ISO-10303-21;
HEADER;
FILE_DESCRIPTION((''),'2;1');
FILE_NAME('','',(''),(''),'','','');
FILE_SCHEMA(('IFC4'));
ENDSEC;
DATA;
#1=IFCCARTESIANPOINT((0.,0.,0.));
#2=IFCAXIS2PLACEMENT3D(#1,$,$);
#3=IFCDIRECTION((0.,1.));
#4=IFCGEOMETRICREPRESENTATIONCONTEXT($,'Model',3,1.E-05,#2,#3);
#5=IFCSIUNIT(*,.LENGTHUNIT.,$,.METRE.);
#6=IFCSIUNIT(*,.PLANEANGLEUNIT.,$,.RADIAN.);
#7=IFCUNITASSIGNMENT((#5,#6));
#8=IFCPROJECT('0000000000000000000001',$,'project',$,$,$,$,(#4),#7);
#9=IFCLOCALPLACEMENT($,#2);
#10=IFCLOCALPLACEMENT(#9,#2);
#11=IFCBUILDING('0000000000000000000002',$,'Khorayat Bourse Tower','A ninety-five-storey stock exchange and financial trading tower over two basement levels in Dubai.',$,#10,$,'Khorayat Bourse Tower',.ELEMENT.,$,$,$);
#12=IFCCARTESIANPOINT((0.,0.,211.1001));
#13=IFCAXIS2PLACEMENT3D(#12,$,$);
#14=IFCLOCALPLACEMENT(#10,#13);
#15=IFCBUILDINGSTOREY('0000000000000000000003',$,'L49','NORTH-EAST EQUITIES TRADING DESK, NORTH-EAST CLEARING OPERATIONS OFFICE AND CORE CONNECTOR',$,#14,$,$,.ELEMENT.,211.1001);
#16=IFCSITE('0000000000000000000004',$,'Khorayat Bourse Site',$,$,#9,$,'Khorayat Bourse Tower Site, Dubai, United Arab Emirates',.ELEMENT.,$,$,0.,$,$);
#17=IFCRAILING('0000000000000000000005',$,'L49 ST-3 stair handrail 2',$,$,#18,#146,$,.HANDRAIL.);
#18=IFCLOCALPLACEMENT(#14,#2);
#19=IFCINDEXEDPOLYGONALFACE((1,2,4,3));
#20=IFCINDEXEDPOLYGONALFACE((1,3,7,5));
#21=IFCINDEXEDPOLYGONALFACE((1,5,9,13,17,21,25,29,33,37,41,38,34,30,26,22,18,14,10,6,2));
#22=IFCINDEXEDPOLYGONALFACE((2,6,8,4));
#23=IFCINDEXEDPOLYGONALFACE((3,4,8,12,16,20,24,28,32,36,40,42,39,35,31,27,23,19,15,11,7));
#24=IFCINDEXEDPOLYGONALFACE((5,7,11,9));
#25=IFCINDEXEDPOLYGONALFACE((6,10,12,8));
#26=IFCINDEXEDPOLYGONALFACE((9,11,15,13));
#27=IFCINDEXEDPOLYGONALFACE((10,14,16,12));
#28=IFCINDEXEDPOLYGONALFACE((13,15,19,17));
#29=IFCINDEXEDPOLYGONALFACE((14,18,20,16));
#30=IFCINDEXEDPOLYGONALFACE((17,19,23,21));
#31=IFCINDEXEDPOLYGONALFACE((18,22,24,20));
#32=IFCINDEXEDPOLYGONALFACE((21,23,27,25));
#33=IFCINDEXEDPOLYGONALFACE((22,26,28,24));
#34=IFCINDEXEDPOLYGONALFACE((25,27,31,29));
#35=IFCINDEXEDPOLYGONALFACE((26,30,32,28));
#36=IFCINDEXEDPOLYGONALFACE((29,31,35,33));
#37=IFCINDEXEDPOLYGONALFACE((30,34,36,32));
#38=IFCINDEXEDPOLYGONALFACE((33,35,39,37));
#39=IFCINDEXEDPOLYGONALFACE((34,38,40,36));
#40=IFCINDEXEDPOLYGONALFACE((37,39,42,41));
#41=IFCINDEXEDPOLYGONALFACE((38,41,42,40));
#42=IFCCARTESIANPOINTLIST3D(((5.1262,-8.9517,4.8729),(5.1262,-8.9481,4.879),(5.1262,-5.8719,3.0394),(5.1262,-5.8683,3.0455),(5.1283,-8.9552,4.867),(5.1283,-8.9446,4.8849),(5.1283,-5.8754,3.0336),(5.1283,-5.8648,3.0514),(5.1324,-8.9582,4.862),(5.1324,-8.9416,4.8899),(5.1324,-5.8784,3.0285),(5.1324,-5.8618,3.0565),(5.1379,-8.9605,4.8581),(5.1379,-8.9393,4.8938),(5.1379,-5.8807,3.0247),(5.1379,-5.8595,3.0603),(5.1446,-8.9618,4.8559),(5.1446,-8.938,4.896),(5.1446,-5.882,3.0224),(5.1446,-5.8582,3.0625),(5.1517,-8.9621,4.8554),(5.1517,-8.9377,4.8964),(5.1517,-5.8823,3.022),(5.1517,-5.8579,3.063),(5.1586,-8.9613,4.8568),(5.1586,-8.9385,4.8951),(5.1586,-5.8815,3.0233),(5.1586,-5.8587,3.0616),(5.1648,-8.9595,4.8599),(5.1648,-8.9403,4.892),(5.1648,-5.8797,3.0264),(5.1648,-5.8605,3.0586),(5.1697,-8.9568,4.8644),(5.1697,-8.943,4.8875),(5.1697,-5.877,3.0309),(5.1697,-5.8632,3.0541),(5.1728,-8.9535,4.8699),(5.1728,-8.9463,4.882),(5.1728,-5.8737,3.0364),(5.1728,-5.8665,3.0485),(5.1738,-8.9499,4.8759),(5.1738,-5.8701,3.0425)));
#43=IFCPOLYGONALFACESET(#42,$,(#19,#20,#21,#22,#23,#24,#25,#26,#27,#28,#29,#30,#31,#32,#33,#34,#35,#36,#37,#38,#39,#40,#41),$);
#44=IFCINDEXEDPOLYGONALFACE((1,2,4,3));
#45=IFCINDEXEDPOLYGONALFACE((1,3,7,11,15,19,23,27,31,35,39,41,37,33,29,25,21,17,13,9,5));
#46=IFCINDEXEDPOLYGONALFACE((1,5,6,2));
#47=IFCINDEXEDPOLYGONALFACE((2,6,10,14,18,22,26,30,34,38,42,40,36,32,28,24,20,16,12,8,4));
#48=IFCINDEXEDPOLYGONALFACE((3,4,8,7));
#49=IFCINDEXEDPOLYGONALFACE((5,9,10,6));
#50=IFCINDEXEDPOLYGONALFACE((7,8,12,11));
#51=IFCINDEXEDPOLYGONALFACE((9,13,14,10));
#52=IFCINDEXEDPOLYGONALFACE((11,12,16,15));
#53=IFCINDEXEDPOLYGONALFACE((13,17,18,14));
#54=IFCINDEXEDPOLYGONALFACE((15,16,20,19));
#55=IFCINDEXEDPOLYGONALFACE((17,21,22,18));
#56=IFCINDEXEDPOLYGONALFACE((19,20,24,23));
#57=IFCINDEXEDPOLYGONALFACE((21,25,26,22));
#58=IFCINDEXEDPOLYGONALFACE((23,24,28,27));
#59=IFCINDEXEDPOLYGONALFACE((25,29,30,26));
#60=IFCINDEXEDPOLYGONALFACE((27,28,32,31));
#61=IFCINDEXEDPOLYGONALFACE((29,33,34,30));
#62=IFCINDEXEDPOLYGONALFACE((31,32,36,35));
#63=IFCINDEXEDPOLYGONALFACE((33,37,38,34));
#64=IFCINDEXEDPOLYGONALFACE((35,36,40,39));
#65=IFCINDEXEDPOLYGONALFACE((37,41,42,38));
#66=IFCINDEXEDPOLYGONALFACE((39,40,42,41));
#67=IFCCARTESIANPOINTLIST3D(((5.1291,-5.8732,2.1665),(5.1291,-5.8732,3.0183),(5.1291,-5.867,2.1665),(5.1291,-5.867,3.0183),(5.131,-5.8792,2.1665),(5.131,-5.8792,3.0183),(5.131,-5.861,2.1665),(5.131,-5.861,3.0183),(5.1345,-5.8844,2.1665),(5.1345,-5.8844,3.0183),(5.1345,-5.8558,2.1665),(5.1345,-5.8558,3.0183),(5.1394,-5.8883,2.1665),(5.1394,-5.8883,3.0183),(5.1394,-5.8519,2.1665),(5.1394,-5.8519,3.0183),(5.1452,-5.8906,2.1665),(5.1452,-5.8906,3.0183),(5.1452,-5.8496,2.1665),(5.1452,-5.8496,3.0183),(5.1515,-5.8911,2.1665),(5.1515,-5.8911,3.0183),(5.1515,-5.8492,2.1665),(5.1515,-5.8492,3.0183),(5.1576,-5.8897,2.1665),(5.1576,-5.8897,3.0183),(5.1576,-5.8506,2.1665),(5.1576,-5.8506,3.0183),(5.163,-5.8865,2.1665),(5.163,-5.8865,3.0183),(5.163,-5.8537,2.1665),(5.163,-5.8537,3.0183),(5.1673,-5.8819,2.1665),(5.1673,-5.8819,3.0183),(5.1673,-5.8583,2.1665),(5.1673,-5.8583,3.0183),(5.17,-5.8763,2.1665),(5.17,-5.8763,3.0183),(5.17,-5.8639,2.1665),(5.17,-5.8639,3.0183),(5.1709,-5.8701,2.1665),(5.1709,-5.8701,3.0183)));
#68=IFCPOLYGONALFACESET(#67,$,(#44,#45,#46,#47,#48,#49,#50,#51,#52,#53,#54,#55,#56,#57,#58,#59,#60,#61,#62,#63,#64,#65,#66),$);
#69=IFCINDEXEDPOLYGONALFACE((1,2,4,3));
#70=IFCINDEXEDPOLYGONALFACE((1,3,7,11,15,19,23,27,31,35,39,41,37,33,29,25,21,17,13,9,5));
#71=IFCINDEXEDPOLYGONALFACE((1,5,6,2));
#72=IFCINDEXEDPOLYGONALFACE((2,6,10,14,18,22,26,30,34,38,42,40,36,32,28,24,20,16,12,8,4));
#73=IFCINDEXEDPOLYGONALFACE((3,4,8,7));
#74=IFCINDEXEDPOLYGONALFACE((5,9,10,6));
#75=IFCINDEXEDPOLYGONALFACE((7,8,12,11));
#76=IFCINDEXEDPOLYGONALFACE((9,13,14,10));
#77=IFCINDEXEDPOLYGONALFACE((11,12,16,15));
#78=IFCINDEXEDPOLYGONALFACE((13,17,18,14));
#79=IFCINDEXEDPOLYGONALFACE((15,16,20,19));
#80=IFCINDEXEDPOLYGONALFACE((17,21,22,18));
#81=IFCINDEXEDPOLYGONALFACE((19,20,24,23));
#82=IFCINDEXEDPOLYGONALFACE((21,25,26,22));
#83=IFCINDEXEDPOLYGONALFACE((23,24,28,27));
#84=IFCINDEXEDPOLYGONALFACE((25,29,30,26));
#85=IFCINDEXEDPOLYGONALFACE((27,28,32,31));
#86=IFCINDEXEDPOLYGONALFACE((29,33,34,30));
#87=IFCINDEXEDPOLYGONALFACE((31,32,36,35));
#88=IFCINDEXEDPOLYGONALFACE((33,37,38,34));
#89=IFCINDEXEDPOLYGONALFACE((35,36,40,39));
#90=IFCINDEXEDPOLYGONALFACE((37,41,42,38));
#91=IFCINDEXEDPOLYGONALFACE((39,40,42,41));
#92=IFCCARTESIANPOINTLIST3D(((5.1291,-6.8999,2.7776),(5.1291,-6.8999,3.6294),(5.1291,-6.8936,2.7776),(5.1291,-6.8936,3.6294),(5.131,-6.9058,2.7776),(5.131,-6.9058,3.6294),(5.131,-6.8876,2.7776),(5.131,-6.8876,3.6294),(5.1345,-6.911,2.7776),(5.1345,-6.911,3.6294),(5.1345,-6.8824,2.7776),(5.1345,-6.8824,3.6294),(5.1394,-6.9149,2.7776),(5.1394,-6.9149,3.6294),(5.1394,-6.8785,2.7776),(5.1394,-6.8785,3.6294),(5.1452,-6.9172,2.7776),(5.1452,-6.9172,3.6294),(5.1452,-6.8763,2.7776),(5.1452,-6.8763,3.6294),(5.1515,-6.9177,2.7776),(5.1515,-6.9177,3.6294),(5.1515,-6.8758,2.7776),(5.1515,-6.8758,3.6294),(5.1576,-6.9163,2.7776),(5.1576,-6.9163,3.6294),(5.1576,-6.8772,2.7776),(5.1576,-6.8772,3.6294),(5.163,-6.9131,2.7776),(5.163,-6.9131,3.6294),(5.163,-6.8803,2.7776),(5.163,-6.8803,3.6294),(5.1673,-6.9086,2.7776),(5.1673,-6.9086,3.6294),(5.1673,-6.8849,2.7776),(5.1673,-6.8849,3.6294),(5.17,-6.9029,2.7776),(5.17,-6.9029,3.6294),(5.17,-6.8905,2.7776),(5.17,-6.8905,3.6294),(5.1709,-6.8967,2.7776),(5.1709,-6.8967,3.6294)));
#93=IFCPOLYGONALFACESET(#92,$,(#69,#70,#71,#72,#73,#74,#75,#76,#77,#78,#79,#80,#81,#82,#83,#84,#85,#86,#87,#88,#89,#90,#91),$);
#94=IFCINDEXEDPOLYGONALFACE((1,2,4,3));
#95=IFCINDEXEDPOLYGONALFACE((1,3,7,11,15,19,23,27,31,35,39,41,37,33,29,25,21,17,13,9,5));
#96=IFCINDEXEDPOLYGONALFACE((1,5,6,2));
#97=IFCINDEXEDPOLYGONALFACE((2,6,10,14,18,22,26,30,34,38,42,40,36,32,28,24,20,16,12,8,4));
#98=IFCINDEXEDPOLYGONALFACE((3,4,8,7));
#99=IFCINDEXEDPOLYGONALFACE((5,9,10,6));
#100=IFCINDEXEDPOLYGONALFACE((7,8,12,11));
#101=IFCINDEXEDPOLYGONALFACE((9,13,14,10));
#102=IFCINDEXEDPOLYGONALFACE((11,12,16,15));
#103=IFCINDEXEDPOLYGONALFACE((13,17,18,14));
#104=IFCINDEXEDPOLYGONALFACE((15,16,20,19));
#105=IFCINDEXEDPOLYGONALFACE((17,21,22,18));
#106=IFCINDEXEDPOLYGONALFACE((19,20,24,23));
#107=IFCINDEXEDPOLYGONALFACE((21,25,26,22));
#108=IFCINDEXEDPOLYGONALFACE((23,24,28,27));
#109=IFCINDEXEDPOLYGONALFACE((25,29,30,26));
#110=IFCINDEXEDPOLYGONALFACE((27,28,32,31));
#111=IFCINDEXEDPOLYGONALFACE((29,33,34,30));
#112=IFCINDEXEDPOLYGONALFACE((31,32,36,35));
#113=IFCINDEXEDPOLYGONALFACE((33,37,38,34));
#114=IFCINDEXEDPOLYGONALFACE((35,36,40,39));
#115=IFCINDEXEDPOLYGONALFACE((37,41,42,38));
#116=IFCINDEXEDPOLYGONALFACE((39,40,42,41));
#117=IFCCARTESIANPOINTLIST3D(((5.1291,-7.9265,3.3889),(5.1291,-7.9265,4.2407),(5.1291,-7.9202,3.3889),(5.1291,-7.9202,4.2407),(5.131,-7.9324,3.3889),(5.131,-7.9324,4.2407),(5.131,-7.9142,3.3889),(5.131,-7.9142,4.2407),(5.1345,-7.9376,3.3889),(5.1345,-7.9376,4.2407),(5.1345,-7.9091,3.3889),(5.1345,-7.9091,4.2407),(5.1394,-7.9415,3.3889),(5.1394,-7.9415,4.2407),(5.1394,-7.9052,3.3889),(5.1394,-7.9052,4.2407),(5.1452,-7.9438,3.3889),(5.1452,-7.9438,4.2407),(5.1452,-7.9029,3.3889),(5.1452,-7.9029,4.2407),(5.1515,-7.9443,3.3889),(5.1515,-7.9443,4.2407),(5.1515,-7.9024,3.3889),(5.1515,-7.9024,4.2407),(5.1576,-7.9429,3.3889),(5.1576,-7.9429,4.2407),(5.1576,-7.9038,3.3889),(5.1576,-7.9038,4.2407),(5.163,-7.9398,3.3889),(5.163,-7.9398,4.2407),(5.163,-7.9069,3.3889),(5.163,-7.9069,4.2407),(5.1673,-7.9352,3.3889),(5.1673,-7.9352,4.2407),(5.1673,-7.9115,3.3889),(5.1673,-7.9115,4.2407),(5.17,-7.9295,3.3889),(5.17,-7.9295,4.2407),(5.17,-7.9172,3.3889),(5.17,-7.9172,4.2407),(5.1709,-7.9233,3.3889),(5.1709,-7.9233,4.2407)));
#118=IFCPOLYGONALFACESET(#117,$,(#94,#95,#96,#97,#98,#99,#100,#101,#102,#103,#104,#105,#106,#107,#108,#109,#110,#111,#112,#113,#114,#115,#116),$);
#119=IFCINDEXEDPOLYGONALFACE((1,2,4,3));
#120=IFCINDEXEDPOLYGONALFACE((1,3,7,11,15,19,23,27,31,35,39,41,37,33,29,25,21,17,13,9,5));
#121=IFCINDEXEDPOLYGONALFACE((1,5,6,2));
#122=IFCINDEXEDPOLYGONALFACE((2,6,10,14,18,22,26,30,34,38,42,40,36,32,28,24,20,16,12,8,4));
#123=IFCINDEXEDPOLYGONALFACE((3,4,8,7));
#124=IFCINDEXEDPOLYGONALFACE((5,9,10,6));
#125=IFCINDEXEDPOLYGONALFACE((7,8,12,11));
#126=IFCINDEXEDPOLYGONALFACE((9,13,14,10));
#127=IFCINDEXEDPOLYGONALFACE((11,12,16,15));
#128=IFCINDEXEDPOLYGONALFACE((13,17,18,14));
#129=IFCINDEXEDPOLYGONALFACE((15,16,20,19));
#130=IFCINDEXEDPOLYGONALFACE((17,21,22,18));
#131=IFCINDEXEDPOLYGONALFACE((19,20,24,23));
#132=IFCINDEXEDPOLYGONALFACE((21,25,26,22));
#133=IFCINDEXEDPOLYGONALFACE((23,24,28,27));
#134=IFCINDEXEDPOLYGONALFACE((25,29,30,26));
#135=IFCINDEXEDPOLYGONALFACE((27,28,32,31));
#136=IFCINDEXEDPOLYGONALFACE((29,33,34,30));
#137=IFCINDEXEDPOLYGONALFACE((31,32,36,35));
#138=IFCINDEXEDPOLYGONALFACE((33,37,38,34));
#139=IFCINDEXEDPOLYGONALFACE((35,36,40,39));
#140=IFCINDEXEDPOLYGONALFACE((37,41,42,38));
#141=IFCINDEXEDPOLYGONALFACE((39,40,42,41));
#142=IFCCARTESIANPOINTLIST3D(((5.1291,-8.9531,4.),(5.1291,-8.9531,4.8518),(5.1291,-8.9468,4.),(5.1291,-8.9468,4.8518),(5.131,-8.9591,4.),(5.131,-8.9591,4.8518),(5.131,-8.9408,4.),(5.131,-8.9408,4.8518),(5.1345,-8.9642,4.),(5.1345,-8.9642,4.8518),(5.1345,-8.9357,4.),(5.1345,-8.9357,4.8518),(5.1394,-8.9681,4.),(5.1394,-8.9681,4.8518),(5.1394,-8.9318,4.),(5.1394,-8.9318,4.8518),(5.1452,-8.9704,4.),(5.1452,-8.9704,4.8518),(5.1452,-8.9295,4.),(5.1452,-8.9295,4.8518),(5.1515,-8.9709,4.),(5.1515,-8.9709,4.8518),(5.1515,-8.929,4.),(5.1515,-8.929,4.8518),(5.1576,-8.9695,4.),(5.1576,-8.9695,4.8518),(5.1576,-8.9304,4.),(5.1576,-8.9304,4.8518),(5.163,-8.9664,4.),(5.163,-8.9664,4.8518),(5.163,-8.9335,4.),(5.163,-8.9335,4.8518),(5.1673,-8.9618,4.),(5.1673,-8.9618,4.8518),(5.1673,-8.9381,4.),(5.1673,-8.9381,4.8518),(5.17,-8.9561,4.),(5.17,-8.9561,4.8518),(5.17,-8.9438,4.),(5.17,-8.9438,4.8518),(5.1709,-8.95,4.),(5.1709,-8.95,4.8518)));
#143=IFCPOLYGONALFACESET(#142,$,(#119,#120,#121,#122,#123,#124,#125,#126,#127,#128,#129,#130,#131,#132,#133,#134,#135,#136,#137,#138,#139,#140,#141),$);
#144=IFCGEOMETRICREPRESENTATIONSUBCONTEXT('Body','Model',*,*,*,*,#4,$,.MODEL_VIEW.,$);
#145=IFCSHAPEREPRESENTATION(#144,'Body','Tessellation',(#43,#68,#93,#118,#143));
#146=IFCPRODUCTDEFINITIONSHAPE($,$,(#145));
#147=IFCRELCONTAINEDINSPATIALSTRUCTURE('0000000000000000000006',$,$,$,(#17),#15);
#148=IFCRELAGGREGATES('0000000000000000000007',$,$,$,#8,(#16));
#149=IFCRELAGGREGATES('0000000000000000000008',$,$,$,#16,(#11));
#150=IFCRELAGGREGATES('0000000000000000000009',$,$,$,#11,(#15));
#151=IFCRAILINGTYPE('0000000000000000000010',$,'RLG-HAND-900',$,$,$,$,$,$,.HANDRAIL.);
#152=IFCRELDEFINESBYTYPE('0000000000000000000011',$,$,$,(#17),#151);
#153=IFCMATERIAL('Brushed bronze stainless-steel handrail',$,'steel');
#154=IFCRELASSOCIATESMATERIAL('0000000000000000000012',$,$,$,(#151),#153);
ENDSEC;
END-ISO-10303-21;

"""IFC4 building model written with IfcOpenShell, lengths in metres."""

from ifc_helpers import new_model, si_unit, direction, frame, origin, origin_2d, place, context, subcontext, project, spatial, circle, extrude, source, transform, mapped, material, type_object, element, save


model = new_model("IFC4")

# Units and contexts
model_context = context("Model", 3, precision=1e-05, world=origin(), true_north=direction((0.0, 1.0)))
body_context = subcontext(model_context, "Body", "Model", "MODEL_VIEW")
ifc_project = project(units=[si_unit("LENGTHUNIT", "METRE"), si_unit("PLANEANGLEUNIT", "RADIAN")], contexts=[model_context])

# Site, building, storey
site_placement = place(None, origin())
site = spatial("IfcSite", under=ifc_project, at=site_placement, Name="Khorayat Bourse Site", LongName="Khorayat Bourse Tower Site, Dubai, United Arab Emirates", CompositionType="ELEMENT", RefElevation=0.0)
building_placement = place(site_placement, origin())
building = spatial("IfcBuilding", under=site, at=building_placement, Name="Khorayat Bourse Tower", Description="A ninety-five-storey stock exchange and financial trading tower over two basement levels in Dubai.", LongName="Khorayat Bourse Tower", CompositionType="ELEMENT")
storey_placement = place(building_placement, frame((0.0, 0.0, 211.1001)))
storey = spatial("IfcBuildingStorey", under=building, at=storey_placement, Name="L49", Description="NORTH-EAST EQUITIES TRADING DESK, NORTH-EAST CLEARING OPERATIONS OFFICE AND CORE CONNECTOR", CompositionType="ELEMENT", Elevation=211.1001)

# Railing
ifc_material_1 = material(Name="Brushed bronze stainless-steel handrail", Category="steel")
railing_type_1 = type_object("IfcRailingType", Name="RLG-HAND-900", PredefinedType="HANDRAIL", material=ifc_material_1)
shared_shape_1 = source(origin(), body_context, "Body", "SweptSolid", [
    extrude(circle(Radius=0.0239, at=origin_2d()), frame((0.0, 0.0, 0.876), z_axis=(0.0, -0.859261, 0.511538), x_axis=(1.0, 0.0, 0.0)), (0.0, 0.0, 1.0), 3.5842),
    extrude(circle(Radius=0.021, at=origin_2d()), origin(), (0.0, 0.0, 1.0), 0.8518),
    extrude(circle(Radius=0.021, at=origin_2d()), frame((0.0, -1.0266, 0.6111)), (0.0, 0.0, 1.0), 0.8518),
    extrude(circle(Radius=0.021, at=origin_2d()), frame((0.0, -2.0532, 1.2224)), (0.0, 0.0, 1.0), 0.8518),
    extrude(circle(Radius=0.021, at=origin_2d()), frame((0.0, -3.0798, 1.8335)), (0.0, 0.0, 1.0), 0.8518),
])
railing_1_placement = place(storey_placement, frame((5.1499, -5.8701, 2.1665)))
element("IfcRailing", 1, at=railing_1_placement, inside=storey, type_object=railing_type_1, Name="L49 ST-3 stair handrail 2", PredefinedType="HANDRAIL", context=body_context, shape_type="MappedRepresentation", body=[
    mapped(shared_shape_1, transform((0.0, 0.0, 0.0), scale=1.0)),
])

save(model, "model.ifc")
